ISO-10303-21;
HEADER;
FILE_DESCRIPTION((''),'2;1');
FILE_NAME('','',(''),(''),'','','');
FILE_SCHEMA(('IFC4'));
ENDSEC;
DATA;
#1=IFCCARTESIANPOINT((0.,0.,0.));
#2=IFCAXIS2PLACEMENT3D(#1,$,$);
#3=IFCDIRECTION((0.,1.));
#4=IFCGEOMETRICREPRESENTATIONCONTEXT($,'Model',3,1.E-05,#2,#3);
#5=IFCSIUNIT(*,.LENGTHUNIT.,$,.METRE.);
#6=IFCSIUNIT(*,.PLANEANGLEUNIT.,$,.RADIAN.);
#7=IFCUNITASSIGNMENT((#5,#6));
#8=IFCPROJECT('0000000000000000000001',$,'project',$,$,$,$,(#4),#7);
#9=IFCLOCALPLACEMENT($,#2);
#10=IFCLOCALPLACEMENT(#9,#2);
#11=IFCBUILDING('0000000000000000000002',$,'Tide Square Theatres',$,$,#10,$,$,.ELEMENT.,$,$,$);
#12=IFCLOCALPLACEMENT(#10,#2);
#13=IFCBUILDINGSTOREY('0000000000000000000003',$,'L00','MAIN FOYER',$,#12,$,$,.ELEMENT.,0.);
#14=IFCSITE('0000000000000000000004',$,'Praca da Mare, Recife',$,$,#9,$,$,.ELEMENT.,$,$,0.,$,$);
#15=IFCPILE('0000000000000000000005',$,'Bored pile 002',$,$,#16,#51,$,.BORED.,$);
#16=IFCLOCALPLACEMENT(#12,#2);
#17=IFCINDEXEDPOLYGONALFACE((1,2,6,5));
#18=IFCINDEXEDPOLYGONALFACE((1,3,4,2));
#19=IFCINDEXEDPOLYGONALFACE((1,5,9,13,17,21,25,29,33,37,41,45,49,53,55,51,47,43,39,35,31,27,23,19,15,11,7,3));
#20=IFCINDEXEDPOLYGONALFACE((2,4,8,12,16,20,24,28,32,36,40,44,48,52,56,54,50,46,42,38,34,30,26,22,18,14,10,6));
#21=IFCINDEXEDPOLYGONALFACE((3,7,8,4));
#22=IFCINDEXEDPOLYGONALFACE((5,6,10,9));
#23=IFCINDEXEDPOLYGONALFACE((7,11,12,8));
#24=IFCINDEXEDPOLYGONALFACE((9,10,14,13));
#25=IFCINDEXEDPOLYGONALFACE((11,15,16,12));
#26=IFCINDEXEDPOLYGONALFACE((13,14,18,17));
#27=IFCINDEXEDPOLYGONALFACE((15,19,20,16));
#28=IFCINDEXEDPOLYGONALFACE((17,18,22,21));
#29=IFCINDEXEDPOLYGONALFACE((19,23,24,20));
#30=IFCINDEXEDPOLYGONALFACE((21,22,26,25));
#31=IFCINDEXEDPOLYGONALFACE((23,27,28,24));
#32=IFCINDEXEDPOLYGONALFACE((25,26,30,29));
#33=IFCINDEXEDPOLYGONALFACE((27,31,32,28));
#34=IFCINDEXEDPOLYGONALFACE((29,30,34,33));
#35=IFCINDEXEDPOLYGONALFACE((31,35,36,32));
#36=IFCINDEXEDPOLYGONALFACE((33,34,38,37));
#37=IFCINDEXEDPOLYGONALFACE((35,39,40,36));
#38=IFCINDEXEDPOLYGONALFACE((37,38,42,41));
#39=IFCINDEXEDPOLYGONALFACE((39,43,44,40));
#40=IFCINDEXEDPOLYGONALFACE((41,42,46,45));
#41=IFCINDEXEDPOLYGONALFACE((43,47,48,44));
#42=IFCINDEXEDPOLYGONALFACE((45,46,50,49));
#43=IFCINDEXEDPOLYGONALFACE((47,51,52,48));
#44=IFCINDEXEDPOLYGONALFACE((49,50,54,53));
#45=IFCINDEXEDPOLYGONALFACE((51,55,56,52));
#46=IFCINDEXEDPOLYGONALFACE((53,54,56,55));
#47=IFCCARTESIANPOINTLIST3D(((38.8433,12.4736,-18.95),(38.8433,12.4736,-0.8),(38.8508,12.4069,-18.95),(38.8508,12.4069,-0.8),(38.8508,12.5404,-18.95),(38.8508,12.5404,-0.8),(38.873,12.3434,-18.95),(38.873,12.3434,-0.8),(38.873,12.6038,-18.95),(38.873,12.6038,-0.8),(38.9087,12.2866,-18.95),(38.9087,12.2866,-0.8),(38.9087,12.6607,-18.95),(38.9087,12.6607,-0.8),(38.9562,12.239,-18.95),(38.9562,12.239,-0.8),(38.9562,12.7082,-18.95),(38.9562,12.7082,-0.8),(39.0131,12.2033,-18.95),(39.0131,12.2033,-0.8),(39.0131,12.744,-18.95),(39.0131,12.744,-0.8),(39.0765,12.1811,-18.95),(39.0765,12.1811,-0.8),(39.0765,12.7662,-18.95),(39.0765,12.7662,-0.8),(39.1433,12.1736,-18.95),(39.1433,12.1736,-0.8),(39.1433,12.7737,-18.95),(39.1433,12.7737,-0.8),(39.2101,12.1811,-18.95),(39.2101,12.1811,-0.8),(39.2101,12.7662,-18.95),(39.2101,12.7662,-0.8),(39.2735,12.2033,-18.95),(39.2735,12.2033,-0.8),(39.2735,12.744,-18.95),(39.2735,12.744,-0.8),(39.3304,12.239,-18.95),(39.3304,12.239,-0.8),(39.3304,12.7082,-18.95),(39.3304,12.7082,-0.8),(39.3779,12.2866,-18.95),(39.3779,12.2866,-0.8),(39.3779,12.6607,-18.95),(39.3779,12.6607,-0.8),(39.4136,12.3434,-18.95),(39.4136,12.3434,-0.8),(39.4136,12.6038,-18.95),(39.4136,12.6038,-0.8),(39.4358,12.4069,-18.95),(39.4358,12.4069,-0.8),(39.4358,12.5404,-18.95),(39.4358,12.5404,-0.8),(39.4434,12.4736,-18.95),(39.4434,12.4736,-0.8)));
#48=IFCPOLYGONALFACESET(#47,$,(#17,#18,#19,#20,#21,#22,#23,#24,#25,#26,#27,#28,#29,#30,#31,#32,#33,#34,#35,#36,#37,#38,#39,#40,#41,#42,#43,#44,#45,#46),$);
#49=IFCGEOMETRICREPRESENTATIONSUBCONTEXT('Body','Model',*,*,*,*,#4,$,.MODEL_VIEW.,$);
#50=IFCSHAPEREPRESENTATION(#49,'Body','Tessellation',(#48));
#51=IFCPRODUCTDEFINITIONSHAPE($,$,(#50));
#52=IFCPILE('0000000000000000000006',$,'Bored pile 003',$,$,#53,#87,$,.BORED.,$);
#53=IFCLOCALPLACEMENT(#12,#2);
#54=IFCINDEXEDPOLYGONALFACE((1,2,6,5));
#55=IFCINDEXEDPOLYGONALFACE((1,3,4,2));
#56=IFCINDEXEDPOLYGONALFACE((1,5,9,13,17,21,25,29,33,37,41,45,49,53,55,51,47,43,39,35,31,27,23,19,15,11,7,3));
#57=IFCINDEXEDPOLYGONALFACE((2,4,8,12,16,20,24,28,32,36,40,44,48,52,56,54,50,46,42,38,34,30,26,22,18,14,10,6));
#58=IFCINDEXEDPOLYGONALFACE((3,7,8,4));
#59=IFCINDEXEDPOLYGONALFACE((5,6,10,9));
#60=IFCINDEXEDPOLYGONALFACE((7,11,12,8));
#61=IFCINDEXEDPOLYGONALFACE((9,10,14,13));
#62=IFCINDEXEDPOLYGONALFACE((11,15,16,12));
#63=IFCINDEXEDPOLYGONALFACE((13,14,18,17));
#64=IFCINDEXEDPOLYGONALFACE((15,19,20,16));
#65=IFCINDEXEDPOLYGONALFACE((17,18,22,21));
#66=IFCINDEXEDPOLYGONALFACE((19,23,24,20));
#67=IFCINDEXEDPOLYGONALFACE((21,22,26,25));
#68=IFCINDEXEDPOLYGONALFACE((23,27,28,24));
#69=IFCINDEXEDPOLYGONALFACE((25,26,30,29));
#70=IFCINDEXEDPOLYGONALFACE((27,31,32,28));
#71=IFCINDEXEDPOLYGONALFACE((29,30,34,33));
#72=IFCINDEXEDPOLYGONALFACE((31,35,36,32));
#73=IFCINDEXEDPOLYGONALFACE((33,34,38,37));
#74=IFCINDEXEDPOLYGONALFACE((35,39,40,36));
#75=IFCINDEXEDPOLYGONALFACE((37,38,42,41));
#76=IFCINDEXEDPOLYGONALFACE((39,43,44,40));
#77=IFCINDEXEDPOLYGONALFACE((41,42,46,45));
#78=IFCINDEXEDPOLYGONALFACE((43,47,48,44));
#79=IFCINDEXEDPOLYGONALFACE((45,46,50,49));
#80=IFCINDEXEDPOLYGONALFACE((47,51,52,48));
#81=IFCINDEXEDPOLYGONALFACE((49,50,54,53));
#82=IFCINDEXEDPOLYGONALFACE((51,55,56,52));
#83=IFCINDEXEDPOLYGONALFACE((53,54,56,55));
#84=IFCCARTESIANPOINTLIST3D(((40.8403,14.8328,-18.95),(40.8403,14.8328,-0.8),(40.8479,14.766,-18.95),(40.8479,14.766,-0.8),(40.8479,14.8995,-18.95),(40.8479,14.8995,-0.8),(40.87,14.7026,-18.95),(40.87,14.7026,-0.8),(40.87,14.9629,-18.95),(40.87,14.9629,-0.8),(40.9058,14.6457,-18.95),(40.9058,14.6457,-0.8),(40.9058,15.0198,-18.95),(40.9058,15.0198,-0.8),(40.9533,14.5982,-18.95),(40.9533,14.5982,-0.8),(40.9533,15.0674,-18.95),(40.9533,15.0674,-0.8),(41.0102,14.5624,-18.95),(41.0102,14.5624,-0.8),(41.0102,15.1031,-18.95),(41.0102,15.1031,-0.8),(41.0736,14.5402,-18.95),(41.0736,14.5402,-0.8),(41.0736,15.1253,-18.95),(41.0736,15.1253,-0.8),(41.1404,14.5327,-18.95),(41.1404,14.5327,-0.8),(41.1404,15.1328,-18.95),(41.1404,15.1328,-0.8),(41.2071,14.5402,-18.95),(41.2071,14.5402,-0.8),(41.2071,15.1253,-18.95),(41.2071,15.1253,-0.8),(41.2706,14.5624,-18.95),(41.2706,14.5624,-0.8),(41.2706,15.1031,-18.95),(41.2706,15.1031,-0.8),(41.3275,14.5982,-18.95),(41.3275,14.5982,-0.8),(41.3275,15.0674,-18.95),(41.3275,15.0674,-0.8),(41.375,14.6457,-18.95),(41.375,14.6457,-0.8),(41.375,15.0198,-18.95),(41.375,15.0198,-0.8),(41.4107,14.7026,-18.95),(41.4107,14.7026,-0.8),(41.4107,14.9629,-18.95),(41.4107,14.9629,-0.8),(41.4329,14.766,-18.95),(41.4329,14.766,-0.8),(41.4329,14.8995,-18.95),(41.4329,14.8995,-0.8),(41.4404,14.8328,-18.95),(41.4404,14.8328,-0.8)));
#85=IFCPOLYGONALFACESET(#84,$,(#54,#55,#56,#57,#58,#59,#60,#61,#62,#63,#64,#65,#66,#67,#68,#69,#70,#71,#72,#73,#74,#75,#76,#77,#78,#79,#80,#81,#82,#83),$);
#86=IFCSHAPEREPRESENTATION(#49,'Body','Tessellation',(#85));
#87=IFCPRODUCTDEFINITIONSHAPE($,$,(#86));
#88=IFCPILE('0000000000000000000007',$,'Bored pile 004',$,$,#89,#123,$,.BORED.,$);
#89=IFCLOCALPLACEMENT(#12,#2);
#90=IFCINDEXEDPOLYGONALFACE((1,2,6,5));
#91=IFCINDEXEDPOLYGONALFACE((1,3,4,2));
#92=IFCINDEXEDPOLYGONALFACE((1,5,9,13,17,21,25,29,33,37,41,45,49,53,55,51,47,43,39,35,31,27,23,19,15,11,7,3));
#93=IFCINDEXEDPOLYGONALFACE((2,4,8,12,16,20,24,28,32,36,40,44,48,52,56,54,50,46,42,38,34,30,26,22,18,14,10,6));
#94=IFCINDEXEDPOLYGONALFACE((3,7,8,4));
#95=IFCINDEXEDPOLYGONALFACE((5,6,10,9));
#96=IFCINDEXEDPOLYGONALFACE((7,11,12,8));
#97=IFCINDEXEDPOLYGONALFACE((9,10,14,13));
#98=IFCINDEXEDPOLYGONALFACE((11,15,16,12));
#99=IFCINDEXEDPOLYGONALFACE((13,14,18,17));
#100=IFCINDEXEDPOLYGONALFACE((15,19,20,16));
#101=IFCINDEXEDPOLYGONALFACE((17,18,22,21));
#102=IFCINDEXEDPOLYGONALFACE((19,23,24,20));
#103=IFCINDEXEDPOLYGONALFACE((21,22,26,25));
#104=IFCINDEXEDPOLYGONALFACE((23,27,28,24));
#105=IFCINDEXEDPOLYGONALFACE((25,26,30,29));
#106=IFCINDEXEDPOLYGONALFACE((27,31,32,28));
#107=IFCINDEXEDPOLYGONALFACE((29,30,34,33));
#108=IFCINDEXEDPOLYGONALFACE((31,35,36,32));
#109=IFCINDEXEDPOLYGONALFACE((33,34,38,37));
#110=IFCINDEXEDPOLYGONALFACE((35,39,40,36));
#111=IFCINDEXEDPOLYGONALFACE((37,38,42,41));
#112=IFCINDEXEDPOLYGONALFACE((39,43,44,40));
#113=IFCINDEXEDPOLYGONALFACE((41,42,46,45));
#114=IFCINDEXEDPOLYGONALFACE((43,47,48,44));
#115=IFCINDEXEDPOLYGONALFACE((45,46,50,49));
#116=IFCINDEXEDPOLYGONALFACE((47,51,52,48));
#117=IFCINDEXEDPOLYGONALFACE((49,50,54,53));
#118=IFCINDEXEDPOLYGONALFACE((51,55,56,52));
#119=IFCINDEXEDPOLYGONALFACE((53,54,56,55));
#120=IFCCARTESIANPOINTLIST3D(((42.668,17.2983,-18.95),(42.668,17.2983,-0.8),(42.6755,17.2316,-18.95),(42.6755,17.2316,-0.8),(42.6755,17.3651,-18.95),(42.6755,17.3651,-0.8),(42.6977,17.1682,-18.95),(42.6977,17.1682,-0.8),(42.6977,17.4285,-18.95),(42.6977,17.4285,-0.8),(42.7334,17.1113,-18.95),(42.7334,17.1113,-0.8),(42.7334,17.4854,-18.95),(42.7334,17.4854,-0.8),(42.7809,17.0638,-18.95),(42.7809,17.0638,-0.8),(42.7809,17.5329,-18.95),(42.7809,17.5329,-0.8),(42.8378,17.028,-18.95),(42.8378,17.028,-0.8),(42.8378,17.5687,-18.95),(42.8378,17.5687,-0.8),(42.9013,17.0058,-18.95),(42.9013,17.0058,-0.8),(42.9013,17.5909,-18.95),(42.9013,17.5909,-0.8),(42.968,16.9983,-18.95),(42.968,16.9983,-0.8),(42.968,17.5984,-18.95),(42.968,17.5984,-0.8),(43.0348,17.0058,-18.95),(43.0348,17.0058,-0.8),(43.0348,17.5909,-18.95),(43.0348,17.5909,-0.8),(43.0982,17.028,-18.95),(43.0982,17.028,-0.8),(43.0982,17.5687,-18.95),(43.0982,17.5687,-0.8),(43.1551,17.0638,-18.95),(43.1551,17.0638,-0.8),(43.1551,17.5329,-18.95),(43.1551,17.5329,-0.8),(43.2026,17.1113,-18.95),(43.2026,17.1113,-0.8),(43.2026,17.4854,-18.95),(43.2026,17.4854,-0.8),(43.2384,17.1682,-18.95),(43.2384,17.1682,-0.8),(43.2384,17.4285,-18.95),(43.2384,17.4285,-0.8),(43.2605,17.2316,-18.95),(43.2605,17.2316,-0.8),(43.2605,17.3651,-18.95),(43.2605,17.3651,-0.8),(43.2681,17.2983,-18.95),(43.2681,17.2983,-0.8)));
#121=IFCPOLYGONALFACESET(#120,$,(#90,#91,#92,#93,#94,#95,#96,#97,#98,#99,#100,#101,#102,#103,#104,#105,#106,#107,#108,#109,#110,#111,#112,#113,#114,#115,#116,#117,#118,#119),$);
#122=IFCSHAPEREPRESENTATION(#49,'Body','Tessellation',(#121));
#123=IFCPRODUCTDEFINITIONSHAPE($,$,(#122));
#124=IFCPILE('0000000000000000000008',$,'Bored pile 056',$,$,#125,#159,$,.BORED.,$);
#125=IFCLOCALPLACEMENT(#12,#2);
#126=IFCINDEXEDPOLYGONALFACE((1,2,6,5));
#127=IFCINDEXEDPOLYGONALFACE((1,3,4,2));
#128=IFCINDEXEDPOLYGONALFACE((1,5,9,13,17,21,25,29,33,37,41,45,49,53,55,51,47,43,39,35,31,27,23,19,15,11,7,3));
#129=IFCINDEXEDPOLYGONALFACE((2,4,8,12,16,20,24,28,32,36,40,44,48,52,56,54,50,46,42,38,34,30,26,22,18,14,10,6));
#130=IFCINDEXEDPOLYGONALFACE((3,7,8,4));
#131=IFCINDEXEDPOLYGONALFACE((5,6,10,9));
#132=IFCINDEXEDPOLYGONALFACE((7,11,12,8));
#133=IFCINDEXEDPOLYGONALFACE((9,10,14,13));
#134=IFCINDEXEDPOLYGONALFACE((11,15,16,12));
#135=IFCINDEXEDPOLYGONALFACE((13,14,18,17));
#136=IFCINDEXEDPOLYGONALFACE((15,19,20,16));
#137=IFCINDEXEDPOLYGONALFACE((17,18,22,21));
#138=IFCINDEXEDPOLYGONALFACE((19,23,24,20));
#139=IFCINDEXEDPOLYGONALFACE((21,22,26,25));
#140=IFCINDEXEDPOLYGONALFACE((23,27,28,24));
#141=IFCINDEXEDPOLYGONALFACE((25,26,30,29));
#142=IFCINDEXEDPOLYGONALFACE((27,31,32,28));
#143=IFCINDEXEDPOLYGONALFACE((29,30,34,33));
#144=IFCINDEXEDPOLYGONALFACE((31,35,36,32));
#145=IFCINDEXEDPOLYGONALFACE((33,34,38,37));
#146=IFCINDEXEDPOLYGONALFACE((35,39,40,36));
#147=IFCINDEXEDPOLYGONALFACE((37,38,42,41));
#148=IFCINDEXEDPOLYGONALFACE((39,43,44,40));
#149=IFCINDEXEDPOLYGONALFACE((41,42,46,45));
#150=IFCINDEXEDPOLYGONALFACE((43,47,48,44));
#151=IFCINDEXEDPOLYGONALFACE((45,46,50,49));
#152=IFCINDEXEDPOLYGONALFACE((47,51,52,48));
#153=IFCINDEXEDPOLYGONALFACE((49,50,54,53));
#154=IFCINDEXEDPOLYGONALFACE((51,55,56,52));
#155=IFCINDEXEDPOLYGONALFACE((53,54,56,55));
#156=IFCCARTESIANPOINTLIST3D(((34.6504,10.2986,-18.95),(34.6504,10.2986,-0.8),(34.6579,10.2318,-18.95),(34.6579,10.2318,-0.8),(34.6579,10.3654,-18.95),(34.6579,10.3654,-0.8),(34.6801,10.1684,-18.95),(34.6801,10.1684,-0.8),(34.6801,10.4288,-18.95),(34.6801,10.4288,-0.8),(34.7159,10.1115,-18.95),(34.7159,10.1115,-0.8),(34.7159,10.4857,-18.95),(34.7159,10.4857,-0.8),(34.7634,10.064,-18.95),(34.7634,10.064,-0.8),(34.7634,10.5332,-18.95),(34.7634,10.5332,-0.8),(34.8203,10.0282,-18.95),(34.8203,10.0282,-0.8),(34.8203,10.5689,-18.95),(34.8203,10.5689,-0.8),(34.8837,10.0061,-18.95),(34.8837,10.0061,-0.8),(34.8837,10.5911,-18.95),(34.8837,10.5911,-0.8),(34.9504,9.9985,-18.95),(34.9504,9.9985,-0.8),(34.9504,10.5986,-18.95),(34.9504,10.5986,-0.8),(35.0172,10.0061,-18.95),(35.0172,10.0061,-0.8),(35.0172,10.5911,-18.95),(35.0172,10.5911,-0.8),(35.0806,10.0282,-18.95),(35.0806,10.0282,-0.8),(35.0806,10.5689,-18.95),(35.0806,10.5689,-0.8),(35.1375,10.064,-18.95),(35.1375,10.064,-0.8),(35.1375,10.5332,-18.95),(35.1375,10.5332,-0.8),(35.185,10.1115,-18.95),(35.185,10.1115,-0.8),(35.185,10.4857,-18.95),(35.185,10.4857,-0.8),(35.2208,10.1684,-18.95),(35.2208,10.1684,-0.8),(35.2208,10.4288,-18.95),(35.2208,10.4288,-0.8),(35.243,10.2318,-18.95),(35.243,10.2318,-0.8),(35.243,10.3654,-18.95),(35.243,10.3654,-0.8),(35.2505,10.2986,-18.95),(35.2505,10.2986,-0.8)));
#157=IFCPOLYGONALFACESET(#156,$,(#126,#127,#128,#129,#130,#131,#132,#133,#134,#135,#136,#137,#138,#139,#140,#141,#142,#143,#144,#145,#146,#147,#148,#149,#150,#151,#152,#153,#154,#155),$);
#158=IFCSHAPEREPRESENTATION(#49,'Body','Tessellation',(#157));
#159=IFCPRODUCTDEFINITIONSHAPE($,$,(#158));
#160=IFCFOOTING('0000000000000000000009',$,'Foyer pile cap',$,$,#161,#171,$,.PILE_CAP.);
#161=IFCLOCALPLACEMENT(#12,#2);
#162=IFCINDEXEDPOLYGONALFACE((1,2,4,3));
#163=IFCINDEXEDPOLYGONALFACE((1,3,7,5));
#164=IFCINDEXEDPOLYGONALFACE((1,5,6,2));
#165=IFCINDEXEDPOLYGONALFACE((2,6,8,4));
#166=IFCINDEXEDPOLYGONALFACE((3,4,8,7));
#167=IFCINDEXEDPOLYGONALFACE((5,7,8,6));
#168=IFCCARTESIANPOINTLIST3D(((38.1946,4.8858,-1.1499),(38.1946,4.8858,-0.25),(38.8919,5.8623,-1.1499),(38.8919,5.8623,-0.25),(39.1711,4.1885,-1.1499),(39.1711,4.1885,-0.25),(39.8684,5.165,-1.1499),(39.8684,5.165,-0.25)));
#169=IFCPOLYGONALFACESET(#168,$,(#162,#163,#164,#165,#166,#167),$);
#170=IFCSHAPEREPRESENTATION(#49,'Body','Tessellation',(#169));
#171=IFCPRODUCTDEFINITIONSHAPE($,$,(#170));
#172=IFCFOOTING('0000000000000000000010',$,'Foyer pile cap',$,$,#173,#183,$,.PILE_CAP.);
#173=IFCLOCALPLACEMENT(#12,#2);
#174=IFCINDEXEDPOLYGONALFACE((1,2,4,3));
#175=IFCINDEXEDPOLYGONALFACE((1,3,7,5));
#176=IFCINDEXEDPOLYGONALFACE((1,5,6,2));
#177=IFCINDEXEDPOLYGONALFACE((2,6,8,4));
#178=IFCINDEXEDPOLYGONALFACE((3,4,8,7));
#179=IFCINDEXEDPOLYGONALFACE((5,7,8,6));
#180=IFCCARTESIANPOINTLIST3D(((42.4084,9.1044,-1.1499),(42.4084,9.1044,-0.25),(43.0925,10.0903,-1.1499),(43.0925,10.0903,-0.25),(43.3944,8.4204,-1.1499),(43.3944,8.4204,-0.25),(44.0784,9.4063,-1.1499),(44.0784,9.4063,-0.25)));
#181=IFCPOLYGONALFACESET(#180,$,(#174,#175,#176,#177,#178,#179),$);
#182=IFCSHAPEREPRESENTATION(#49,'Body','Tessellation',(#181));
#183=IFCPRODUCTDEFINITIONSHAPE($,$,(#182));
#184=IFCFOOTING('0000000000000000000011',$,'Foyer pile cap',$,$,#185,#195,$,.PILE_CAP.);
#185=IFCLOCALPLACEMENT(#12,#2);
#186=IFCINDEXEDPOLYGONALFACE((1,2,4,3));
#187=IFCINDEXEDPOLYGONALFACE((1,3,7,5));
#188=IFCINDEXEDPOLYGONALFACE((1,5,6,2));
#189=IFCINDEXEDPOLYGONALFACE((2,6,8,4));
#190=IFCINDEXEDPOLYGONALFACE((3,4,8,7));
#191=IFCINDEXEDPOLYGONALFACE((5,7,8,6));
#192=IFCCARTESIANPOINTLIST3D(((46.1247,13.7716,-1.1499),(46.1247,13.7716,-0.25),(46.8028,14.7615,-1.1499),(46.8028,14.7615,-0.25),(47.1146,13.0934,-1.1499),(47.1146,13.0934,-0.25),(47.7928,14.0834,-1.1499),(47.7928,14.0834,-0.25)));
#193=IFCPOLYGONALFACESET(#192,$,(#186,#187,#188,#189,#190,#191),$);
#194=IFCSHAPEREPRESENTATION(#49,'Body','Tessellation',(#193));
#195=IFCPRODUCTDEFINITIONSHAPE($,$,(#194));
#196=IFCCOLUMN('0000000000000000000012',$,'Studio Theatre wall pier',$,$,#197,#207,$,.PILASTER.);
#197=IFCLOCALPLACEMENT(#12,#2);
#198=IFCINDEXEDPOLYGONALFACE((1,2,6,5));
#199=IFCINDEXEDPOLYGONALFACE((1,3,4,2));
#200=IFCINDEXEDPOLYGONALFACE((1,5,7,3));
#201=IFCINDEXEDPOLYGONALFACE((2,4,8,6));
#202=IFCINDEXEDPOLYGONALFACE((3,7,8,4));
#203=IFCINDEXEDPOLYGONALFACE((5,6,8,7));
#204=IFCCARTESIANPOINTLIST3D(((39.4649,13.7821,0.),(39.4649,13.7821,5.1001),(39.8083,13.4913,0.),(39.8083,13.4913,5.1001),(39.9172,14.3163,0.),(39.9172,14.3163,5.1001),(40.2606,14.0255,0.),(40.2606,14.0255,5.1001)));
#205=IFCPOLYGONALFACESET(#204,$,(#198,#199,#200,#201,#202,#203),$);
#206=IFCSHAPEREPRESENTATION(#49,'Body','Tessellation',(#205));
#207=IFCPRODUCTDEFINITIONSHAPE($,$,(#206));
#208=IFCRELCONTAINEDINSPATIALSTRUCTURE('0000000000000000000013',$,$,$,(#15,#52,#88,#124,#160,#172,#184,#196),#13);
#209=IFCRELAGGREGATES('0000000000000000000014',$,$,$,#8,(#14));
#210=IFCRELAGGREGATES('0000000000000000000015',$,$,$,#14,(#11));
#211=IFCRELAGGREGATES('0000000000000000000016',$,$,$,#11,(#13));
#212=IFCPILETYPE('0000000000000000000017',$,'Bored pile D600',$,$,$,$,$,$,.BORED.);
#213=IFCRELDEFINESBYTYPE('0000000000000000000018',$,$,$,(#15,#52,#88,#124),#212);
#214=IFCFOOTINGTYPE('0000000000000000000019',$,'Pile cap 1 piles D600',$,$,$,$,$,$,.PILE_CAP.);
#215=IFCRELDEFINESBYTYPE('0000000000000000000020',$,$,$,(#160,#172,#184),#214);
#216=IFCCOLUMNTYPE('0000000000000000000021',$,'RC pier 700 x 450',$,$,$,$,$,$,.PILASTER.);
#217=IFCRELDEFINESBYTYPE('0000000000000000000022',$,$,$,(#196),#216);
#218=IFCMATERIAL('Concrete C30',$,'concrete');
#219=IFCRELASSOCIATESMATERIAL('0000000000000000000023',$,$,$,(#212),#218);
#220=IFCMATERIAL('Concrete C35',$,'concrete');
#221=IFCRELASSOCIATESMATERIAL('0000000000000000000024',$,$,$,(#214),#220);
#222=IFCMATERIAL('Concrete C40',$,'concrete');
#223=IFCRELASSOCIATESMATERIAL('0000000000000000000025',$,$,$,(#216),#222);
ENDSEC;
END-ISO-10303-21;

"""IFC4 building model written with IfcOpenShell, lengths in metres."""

from ifc_helpers import new_model, si_unit, direction, frame, origin, origin_2d, place, context, subcontext, project, spatial, rectangle, circle, extrude, material, material_profile, profile_set, type_object, element, save


model = new_model("IFC4")

# Units and contexts
model_context = context("Model", 3, precision=1e-05, world=origin(), true_north=direction((0.0, 1.0)))
body_context = subcontext(model_context, "Body", "Model", "MODEL_VIEW")
ifc_project = project(units=[si_unit("LENGTHUNIT", "METRE"), si_unit("PLANEANGLEUNIT", "RADIAN")], contexts=[model_context])

# Site, building, storey
site_placement = place(None, origin())
site = spatial("IfcSite", under=ifc_project, at=site_placement, Name="Praca da Mare, Recife", CompositionType="ELEMENT", RefElevation=0.0)
building_placement = place(site_placement, origin())
building = spatial("IfcBuilding", under=site, at=building_placement, Name="Tide Square Theatres", CompositionType="ELEMENT")
storey_placement = place(building_placement, origin())
storey = spatial("IfcBuildingStorey", under=building, at=storey_placement, Name="L00", Description="MAIN FOYER", CompositionType="ELEMENT", Elevation=0.0)

# Piles
ifc_material_1 = material(Name="Concrete C30", Category="concrete")
ifc_material_profile_1 = material_profile(ifc_material_1, circle(Radius=0.3, at=origin_2d()))
ifc_profile_set_1 = profile_set([ifc_material_profile_1], Name="Concrete C30")
pile_type_1 = type_object("IfcPileType", Name="Bored pile D600", PredefinedType="BORED", material=ifc_profile_set_1)
for number, where, z_axis, x_axis, name in (
    (1, (39.1433, 12.4736, -0.8), (0.0, 0.0, -1.0), (1.0, 0.0, 0.0), "Bored pile 002"),
    (2, (41.1404, 14.8328, -0.8), (0.0, 0.0, -1.0), (1.0, 0.0, 0.0), "Bored pile 003"),
    (3, (42.968, 17.2983, -0.8), (0.0, 0.0, -1.0), (1.0, 0.0, 0.0), "Bored pile 004"),
    (4, (34.9504, 10.2986, -0.8), (0.0, 0.0, -1.0), (1.0, 0.0, 0.0), "Bored pile 056"),
):
    element("IfcPile", number, at=place(storey_placement, frame(where, z_axis=z_axis, x_axis=x_axis)), inside=storey, type_object=pile_type_1, Name=name, PredefinedType="BORED", context=body_context, shape_type="SweptSolid", body=[
        extrude(circle(Radius=0.3, at=origin_2d()), origin(), (0.0, 0.0, 1.0), 18.1499),
    ])

# Footings
ifc_material_2 = material(Name="Concrete C35", Category="concrete")
footing_type = type_object("IfcFootingType", Name="Pile cap 1 piles D600", PredefinedType="PILE_CAP", material=ifc_material_2)
for number, where, z_axis, x_axis, name in (
    (5, (39.0315, 5.0254, -1.1499), (0.0, 0.0, 1.0), (0.813814, -0.581125, 0.0), "Foyer pile cap"),
    (6, (43.2434, 9.2554, -1.1499), (0.0, 0.0, 1.0), (0.821621, -0.570034, 0.0), "Foyer pile cap"),
    (7, (46.9587, 13.9275, -1.1499), (0.0, 0.0, 1.0), (0.824992, -0.565144, 0.0), "Foyer pile cap"),
):
    element("IfcFooting", number, at=place(storey_placement, frame(where, z_axis=z_axis, x_axis=x_axis)), inside=storey, type_object=footing_type, Name=name, PredefinedType="PILE_CAP", context=body_context, shape_type="SweptSolid", body=[
        extrude(rectangle(XDim=1.2, YDim=1.2, at=origin_2d()), origin(), (0.0, 0.0, 1.0), 0.8999),
    ])

# Column
ifc_material_3 = material(Name="Concrete C40", Category="concrete")
ifc_material_profile_2 = material_profile(ifc_material_3, rectangle(XDim=0.7, YDim=0.45, at=origin_2d()))
ifc_profile_set_2 = profile_set([ifc_material_profile_2], Name="Concrete C40")
column_type_1 = type_object("IfcColumnType", Name="RC pier 700 x 450", PredefinedType="PILASTER", material=ifc_profile_set_2)
column_placement = place(storey_placement, frame((39.8628, 13.9038, 0.0), z_axis=(0.0, 0.0, 1.0), x_axis=(0.646184, 0.763182, 0.0)))
element("IfcColumn", 8, at=column_placement, inside=storey, type_object=column_type_1, Name="Studio Theatre wall pier", PredefinedType="PILASTER", context=body_context, shape_type="SweptSolid", body=[
    extrude(rectangle(XDim=0.7, YDim=0.45, at=origin_2d()), origin(), (0.0, 0.0, 1.0), 5.1001),
])

save(model, "model.ifc")
